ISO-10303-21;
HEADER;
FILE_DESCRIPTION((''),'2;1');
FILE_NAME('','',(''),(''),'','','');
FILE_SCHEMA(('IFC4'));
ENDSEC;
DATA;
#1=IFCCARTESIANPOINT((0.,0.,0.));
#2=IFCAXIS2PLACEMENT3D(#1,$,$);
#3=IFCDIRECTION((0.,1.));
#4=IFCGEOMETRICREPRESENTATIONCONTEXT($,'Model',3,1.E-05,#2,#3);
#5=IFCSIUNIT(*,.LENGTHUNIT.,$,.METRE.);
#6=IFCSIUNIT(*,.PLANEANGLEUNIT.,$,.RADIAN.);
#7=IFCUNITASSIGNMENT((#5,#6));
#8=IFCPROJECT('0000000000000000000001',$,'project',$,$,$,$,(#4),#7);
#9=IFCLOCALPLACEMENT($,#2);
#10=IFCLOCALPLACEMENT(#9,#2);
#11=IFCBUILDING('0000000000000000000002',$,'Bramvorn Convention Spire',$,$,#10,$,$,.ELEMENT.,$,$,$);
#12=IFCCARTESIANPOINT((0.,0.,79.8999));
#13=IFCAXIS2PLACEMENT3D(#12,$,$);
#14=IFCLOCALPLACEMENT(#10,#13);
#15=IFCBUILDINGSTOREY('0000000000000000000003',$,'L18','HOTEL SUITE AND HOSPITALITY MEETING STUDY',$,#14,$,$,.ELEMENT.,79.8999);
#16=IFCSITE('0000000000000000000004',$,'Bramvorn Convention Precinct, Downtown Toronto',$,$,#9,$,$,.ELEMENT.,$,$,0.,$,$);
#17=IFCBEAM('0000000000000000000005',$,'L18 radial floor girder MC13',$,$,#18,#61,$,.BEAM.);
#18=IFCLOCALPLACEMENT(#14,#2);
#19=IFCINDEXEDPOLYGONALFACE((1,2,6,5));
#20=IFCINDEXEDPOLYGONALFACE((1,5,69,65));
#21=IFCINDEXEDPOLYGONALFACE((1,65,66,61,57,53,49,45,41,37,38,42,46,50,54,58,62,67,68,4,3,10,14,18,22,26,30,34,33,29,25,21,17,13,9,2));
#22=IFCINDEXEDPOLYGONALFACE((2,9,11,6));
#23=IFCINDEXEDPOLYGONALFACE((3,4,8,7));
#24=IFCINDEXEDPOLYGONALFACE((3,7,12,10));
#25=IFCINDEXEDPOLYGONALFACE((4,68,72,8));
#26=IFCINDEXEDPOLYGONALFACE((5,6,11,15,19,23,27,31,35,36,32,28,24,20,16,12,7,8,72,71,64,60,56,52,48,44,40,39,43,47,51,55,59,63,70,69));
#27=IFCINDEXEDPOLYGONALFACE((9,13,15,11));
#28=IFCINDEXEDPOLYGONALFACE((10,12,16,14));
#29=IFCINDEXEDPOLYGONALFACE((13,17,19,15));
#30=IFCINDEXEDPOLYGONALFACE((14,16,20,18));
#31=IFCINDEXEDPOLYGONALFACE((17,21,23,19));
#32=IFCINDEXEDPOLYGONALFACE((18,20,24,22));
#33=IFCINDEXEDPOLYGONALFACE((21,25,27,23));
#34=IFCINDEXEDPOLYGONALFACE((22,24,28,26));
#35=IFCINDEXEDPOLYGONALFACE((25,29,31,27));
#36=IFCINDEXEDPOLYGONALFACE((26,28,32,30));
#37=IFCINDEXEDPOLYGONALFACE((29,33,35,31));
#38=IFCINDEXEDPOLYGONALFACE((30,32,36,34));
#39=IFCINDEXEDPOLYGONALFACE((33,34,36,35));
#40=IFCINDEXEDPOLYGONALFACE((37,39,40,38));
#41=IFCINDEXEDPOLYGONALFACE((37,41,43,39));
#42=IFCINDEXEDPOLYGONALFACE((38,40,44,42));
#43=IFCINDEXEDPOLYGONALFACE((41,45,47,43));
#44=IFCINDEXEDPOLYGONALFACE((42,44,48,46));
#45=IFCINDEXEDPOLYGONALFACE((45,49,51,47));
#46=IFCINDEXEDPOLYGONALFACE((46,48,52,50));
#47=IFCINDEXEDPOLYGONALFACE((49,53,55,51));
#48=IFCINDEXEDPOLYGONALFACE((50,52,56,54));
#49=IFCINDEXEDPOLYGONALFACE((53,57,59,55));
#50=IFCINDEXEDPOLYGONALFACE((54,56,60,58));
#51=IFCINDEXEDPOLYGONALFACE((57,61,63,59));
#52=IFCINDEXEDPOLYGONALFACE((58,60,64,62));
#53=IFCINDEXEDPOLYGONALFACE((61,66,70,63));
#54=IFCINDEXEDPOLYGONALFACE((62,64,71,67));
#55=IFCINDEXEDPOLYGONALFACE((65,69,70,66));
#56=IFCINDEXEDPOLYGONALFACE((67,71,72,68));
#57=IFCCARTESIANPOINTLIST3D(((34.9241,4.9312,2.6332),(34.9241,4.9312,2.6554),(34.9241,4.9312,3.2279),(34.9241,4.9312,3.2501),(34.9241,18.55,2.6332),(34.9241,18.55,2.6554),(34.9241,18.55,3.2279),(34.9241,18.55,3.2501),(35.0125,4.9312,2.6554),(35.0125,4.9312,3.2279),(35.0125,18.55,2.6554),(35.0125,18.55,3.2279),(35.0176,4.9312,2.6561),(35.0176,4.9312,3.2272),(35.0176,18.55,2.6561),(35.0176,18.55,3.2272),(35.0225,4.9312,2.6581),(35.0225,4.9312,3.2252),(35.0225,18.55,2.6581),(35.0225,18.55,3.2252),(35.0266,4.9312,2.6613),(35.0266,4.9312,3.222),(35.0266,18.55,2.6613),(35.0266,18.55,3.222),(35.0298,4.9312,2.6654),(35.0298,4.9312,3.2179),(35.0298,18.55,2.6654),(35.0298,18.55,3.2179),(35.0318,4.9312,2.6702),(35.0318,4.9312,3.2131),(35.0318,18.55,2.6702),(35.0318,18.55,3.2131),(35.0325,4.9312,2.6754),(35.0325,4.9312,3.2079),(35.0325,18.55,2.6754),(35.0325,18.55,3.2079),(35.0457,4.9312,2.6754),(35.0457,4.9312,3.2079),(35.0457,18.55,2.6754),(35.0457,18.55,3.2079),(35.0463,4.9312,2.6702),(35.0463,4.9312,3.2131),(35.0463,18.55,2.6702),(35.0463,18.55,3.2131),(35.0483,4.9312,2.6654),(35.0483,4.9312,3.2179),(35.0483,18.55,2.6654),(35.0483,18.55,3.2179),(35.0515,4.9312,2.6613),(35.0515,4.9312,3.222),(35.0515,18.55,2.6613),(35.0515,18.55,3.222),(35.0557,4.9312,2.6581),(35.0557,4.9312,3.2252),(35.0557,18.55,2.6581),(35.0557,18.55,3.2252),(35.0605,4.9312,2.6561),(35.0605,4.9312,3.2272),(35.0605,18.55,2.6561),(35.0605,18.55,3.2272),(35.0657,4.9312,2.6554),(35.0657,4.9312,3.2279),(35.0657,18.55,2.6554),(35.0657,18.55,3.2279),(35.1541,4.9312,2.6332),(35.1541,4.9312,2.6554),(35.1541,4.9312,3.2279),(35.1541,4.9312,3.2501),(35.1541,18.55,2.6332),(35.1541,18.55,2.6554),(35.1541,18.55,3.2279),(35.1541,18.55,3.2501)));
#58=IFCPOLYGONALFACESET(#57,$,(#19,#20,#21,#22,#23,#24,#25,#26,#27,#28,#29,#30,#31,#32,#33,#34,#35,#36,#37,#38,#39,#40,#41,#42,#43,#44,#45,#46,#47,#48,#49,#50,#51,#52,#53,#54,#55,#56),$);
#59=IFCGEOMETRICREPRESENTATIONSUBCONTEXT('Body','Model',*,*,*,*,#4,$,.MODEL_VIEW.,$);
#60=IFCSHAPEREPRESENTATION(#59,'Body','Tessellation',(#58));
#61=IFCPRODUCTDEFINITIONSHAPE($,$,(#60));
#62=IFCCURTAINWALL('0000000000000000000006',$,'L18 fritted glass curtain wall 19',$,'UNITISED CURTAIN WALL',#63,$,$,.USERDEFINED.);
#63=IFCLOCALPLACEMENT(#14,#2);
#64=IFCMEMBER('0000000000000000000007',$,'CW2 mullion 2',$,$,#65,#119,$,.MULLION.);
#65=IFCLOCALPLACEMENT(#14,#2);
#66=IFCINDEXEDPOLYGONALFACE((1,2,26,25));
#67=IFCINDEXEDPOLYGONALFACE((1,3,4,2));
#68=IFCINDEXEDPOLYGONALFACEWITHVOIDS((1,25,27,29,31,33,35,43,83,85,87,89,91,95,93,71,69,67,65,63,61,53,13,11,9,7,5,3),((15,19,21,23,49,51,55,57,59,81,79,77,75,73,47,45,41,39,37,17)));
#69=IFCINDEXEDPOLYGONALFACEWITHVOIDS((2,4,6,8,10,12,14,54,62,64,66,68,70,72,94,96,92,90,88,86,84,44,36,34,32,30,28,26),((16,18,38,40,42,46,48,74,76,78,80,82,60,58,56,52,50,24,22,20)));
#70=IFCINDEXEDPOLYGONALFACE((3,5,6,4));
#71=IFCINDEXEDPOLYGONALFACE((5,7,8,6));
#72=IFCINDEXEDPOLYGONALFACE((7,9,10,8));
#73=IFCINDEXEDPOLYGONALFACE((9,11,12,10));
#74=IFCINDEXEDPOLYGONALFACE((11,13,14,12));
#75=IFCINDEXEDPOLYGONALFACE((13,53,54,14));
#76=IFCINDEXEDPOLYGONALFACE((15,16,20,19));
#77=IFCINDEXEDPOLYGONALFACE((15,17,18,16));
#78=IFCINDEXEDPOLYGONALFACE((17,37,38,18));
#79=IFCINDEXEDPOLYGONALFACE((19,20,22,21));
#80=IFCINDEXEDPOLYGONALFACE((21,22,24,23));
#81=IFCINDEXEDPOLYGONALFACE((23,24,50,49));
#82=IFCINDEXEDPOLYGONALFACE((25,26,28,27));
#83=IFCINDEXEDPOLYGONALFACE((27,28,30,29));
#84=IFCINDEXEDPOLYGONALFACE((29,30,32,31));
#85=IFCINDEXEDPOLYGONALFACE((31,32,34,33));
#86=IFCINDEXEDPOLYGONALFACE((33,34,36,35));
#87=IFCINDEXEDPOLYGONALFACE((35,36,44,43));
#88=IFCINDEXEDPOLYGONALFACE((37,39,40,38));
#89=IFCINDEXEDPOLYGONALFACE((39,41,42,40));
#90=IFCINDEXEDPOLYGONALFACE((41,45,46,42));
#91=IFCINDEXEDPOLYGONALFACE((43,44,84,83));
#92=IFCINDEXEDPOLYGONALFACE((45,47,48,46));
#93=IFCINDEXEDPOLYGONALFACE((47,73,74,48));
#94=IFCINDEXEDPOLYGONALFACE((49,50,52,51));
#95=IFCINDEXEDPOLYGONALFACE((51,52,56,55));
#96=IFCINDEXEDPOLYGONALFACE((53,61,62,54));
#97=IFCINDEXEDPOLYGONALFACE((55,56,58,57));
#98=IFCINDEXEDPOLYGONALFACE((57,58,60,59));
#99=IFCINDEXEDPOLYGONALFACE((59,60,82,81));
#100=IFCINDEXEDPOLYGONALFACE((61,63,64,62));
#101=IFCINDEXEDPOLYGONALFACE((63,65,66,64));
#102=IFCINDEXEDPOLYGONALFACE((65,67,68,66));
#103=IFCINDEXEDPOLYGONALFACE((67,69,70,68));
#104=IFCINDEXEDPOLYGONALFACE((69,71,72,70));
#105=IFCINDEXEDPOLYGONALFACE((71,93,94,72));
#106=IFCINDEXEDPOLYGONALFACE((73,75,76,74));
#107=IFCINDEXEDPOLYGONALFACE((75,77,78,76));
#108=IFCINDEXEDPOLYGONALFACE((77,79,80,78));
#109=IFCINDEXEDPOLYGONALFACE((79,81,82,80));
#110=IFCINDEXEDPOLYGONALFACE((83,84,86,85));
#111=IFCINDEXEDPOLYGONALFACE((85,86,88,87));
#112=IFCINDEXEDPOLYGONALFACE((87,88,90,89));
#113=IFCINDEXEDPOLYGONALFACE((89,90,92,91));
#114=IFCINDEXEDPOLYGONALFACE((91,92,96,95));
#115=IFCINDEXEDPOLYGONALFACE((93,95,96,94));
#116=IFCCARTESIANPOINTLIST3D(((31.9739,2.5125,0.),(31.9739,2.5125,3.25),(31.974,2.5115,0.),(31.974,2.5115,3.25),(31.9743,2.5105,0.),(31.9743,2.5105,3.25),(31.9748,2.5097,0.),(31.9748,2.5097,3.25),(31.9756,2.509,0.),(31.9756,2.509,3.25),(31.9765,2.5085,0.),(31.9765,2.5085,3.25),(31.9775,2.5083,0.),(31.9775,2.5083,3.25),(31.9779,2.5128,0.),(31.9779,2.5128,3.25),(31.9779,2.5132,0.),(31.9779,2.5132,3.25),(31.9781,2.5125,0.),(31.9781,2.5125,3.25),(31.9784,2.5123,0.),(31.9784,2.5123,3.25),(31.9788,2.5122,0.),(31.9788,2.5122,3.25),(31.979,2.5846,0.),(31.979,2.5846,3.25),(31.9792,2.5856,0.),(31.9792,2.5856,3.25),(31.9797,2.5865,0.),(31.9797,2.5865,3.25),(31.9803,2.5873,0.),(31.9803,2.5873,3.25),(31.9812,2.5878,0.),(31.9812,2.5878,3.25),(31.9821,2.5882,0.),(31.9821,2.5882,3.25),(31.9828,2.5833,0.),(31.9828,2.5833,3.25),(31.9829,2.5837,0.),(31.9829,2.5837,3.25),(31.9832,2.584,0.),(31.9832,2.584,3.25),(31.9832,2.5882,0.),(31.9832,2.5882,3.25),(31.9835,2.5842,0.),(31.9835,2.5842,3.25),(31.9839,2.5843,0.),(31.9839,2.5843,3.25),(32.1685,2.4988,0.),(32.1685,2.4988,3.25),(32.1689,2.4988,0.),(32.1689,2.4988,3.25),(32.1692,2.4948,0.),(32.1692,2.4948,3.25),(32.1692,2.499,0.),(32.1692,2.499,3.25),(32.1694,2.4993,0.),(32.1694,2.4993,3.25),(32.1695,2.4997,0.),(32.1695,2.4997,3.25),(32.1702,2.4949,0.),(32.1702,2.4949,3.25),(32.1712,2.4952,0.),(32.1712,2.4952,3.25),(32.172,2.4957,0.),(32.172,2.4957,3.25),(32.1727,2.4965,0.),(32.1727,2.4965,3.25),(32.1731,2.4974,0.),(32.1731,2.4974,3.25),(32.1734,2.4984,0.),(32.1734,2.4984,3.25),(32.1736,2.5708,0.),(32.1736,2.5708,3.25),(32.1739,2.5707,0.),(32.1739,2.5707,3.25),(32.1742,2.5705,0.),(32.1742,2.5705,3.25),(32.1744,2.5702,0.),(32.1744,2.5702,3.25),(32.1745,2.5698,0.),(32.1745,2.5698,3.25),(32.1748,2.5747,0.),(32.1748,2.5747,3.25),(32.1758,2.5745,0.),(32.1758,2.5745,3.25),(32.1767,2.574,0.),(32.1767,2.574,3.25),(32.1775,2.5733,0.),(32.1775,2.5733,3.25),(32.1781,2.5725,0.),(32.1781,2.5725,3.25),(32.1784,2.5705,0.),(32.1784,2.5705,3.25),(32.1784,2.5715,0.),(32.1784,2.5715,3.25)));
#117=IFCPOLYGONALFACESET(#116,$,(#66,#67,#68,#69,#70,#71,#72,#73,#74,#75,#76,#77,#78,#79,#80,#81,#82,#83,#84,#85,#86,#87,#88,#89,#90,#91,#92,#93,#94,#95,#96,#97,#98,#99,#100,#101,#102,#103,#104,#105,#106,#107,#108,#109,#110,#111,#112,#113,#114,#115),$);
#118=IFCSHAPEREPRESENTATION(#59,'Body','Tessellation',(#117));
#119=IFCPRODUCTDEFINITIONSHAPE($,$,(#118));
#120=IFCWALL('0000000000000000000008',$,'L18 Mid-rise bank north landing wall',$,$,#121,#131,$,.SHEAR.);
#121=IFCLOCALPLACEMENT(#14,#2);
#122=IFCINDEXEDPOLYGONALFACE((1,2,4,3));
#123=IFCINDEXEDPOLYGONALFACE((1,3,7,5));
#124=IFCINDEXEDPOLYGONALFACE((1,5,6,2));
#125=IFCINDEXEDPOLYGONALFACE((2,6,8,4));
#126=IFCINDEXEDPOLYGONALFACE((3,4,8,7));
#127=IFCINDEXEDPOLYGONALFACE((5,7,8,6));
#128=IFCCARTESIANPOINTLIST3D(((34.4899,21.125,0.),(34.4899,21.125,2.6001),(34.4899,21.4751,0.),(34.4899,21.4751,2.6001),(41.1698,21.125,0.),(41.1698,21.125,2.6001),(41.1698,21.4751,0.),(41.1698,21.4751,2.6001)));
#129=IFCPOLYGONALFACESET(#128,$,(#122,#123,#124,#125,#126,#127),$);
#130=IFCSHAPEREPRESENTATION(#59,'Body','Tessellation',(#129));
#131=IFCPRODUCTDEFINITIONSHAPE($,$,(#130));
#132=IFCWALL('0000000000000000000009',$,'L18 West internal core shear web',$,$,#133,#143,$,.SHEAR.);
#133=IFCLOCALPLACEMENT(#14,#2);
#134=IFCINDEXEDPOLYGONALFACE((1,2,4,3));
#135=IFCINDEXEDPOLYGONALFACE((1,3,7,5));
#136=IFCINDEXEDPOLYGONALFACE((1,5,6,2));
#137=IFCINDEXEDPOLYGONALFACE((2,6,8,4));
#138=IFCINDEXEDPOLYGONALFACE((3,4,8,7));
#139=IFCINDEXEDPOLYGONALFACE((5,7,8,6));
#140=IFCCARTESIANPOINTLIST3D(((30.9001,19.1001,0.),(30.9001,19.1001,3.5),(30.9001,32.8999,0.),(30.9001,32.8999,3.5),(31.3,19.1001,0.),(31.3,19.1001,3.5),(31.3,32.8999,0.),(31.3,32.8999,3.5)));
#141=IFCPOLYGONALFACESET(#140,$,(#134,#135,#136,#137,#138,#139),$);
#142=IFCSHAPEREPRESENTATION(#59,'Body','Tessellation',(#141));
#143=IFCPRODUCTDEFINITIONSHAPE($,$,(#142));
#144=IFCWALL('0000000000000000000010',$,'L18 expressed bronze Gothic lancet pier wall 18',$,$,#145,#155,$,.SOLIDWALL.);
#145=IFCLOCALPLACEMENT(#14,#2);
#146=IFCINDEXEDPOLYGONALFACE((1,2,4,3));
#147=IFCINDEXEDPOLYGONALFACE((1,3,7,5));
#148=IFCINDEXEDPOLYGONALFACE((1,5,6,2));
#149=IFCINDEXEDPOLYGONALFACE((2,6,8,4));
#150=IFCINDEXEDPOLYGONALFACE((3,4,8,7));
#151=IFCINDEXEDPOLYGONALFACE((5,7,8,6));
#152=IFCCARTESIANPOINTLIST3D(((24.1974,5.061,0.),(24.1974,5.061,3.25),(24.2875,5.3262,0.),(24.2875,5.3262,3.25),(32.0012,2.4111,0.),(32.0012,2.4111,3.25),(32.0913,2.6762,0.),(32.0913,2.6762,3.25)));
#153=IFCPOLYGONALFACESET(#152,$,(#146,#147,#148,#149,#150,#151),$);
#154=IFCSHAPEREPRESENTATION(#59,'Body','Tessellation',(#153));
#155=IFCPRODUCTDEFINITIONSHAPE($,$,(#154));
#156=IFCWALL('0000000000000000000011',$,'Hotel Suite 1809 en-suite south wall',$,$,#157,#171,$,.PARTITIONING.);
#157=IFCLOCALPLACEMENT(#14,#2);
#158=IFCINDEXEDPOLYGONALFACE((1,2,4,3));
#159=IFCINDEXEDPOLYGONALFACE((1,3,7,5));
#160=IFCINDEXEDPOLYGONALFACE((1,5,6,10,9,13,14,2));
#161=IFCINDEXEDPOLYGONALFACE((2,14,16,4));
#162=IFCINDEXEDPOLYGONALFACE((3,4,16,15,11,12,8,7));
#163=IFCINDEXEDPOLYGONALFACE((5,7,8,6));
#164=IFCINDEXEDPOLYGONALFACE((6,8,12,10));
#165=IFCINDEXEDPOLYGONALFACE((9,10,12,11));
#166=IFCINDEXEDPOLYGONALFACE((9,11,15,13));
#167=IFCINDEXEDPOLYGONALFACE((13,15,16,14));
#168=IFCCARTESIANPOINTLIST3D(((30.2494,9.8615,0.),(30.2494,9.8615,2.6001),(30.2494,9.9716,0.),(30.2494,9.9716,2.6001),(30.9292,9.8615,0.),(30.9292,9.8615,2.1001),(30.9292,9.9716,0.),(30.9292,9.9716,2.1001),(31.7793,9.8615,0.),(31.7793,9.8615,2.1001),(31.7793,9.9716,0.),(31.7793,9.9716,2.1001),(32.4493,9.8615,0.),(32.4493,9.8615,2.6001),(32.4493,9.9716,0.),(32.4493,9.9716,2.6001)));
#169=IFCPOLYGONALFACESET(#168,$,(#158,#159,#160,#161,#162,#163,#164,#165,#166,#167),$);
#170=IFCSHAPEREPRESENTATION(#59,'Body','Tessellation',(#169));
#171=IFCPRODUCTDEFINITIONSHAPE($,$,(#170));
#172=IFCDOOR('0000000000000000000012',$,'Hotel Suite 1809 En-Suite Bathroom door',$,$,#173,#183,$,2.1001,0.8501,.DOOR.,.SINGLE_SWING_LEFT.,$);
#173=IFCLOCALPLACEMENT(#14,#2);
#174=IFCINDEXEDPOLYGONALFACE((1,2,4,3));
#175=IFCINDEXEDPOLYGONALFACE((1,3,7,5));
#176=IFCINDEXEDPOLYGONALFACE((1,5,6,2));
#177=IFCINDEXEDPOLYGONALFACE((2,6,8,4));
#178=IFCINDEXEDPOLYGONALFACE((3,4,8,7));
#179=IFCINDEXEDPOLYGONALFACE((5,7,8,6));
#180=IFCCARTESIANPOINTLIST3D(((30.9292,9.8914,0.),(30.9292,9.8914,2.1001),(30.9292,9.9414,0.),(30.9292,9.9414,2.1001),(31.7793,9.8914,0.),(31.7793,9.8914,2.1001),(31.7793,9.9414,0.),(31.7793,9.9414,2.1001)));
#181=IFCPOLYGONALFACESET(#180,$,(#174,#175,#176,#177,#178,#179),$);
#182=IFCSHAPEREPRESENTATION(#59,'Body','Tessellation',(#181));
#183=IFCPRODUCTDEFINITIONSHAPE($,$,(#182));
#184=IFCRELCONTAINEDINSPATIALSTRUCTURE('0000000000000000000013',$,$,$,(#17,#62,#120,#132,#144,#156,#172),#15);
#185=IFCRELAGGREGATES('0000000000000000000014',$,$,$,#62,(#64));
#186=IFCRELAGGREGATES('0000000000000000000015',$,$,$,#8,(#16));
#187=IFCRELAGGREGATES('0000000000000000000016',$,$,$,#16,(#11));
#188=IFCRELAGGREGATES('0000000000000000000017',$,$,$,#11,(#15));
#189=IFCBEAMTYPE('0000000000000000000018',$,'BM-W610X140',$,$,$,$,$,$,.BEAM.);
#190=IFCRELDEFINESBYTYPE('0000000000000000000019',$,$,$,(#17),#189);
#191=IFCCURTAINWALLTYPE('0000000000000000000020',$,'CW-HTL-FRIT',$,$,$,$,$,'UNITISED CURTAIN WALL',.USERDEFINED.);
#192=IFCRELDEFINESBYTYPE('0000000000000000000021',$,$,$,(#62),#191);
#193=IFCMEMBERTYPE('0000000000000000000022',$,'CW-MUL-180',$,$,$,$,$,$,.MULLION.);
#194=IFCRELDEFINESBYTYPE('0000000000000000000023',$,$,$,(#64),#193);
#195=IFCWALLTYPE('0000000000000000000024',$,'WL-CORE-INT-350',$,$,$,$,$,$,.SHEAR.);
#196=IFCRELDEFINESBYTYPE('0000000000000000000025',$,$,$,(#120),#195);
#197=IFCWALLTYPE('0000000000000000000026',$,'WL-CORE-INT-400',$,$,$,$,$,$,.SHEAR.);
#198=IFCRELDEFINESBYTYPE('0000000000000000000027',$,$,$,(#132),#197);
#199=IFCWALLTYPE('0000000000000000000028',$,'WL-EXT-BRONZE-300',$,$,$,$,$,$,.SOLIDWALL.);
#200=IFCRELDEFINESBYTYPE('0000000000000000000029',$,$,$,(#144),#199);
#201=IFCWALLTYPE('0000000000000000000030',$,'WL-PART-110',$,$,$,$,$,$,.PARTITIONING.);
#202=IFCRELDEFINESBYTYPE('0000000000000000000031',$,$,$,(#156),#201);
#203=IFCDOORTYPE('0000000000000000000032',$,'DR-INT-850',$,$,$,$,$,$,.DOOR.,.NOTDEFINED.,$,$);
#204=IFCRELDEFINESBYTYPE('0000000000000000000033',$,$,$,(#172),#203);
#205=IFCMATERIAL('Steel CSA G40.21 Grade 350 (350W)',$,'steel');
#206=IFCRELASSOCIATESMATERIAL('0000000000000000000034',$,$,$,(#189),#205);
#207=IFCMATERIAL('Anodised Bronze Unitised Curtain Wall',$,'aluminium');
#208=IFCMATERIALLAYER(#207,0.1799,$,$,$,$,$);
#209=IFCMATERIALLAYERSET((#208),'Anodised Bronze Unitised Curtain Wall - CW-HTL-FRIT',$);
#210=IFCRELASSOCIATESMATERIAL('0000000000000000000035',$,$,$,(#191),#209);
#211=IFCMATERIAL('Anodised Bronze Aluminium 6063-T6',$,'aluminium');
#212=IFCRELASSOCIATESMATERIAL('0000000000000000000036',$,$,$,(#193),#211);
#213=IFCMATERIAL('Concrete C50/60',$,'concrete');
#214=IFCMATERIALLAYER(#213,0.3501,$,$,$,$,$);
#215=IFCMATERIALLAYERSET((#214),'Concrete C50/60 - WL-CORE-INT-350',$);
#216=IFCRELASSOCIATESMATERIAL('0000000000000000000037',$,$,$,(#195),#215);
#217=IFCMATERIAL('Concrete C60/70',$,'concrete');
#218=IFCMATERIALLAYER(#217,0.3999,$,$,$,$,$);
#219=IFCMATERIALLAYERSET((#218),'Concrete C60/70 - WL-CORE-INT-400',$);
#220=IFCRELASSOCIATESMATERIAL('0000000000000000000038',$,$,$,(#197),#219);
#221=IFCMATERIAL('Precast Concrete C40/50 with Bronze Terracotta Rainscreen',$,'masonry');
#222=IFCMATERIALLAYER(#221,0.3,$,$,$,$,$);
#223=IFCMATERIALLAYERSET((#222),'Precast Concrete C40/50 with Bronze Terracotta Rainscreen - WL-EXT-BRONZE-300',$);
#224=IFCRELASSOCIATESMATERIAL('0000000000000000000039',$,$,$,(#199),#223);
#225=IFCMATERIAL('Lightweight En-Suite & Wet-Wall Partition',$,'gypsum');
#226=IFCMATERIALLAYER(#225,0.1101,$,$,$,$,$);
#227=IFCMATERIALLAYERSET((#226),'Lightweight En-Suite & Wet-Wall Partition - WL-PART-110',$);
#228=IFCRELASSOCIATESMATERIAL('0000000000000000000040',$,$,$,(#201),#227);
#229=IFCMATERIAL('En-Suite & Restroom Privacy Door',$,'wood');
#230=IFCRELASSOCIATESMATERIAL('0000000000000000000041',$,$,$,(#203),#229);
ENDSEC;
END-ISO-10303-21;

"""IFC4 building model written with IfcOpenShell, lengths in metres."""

from ifc_helpers import new_model, si_unit, direction, frame, frame_2d, origin, origin_2d, place, context, subcontext, project, spatial, rectangle, hollow_rectangle, i_section, extrude, material, layer, layer_set, material_profile, profile_set, type_object, element, fill, aggregate, save


model = new_model("IFC4")

# Units and contexts
model_context = context("Model", 3, precision=1e-05, world=origin(), true_north=direction((0.0, 1.0)))
body_context = subcontext(model_context, "Body", "Model", "MODEL_VIEW")
ifc_project = project(units=[si_unit("LENGTHUNIT", "METRE"), si_unit("PLANEANGLEUNIT", "RADIAN")], contexts=[model_context])

# Site, building, storey
site_placement = place(None, origin())
site = spatial("IfcSite", under=ifc_project, at=site_placement, Name="Bramvorn Convention Precinct, Downtown Toronto", CompositionType="ELEMENT", RefElevation=0.0)
building_placement = place(site_placement, origin())
building = spatial("IfcBuilding", under=site, at=building_placement, Name="Bramvorn Convention Spire", CompositionType="ELEMENT")
storey_placement = place(building_placement, frame((0.0, 0.0, 79.8999)))
storey = spatial("IfcBuildingStorey", under=building, at=storey_placement, Name="L18", Description="HOTEL SUITE AND HOSPITALITY MEETING STUDY", CompositionType="ELEMENT", Elevation=79.8999)

# Shared definitions
ifc_material_1 = material(Name="Steel CSA G40.21 Grade 350 (350W)", Category="steel")

# Beam
ifc_material_profile_1 = material_profile(ifc_material_1, i_section(OverallWidth=0.23, OverallDepth=0.6169, WebThickness=0.0132, FlangeThickness=0.0222, FilletRadius=0.02, at=origin_2d()))
ifc_profile_set_1 = profile_set([ifc_material_profile_1], Name="Steel CSA G40.21 Grade 350 (350W) - W610X140")
beam_type_1 = type_object("IfcBeamType", Name="BM-W610X140", PredefinedType="BEAM", material=ifc_profile_set_1)
beam_1_placement = place(storey_placement, frame((35.0391, 18.55, 2.9417), z_axis=(0.0, -1.0, 0.0), x_axis=(1.0, 0.0, 0.0)))
element("IfcBeam", 1, at=beam_1_placement, inside=storey, type_object=beam_type_1, Name="L18 radial floor girder MC13", PredefinedType="BEAM", context=body_context, shape_type="SweptSolid", body=[
    extrude(i_section(OverallWidth=0.23, OverallDepth=0.6169, WebThickness=0.0132, FlangeThickness=0.0222, FilletRadius=0.02, at=origin_2d()), origin(), (0.0, 0.0, 1.0), 13.6189),
])

# Curtain wall, member
ifc_material_2 = material(Name="Anodised Bronze Unitised Curtain Wall", Category="aluminium")
ifc_layer_1 = layer(ifc_material_2, 0.1799)
ifc_layer_set_1 = layer_set([ifc_layer_1], Name="Anodised Bronze Unitised Curtain Wall - CW-HTL-FRIT")
curtain_wall_type = type_object("IfcCurtainWallType", Name="CW-HTL-FRIT", ElementType="UNITISED CURTAIN WALL", PredefinedType="USERDEFINED", material=ifc_layer_set_1)
curtain_wall_placement = place(storey_placement, origin())
curtain_wall = element("IfcCurtainWall", 2, at=curtain_wall_placement, inside=storey, type_object=curtain_wall_type, Name="L18 fritted glass curtain wall 19", ObjectType="UNITISED CURTAIN WALL", PredefinedType="USERDEFINED")
ifc_material_3 = material(Name="Anodised Bronze Aluminium 6063-T6", Category="aluminium")
ifc_material_profile_2 = material_profile(ifc_material_3, hollow_rectangle(XDim=0.0801, YDim=0.2, WallThickness=0.0039, InnerFilletRadius=0.001, OuterFilletRadius=0.0039, at=origin_2d()))
ifc_profile_set_2 = profile_set([ifc_material_profile_2], Name="Anodised Bronze Aluminium 6063-T6 - CWM80X200")
member_type = type_object("IfcMemberType", Name="CW-MUL-180", PredefinedType="MULLION", material=ifc_profile_set_2)
member_placement = place(storey_placement, frame((32.0762, 2.5415, 0.0), z_axis=(0.0, 0.0, 1.0), x_axis=(-0.070498, -0.997512, 0.0)))
member = element("IfcMember", 3, at=member_placement, type_object=member_type, Name="CW2 mullion 2", PredefinedType="MULLION", context=body_context, shape_type="SweptSolid", body=[
    extrude(hollow_rectangle(XDim=0.0801, YDim=0.2, WallThickness=0.0039, InnerFilletRadius=0.001, OuterFilletRadius=0.0039, at=origin_2d()), origin(), (0.0, 0.0, 1.0), 3.25),
])
aggregate(curtain_wall, [member])

# Shared definitions
ifc_material_4 = material(Name="Concrete C60/70", Category="concrete")

# Walls
ifc_material_5 = material(Name="Concrete C50/60", Category="concrete")
ifc_layer_2 = layer(ifc_material_5, 0.3501)
ifc_layer_set_2 = layer_set([ifc_layer_2], Name="Concrete C50/60 - WL-CORE-INT-350")
wall_type_1 = type_object("IfcWallType", Name="WL-CORE-INT-350", PredefinedType="SHEAR", material=ifc_layer_set_2)
wall_1_placement = place(storey_placement, frame((34.49, 21.3, 0.0), z_axis=(0.0, 0.0, 1.0), x_axis=(1.0, 0.0, 0.0)))
element("IfcWall", 4, at=wall_1_placement, inside=storey, type_object=wall_type_1, Name="L18 Mid-rise bank north landing wall", PredefinedType="SHEAR", context=body_context, shape_type="SweptSolid", body=[
    extrude(rectangle(XDim=6.6799, YDim=0.3501, at=frame_2d((3.3398, 0.0))), origin(), (0.0, 0.0, 1.0), 2.6001),
])
ifc_layer_3 = layer(ifc_material_4, 0.3999)
ifc_layer_set_3 = layer_set([ifc_layer_3], Name="Concrete C60/70 - WL-CORE-INT-400")
wall_type_2 = type_object("IfcWallType", Name="WL-CORE-INT-400", PredefinedType="SHEAR", material=ifc_layer_set_3)
wall_2_placement = place(storey_placement, frame((31.1001, 19.1001, 0.0), z_axis=(0.0, 0.0, 1.0), x_axis=(0.0, 1.0, 0.0)))
element("IfcWall", 5, at=wall_2_placement, inside=storey, type_object=wall_type_2, Name="L18 West internal core shear web", PredefinedType="SHEAR", context=body_context, shape_type="SweptSolid", body=[
    extrude(rectangle(XDim=13.7998, YDim=0.3999, at=frame_2d((6.8999, 0.0))), origin(), (0.0, 0.0, 1.0), 3.5),
])
ifc_material_6 = material(Name="Precast Concrete C40/50 with Bronze Terracotta Rainscreen", Category="masonry")
ifc_layer_4 = layer(ifc_material_6, 0.3)
ifc_layer_set_4 = layer_set([ifc_layer_4], Name="Precast Concrete C40/50 with Bronze Terracotta Rainscreen - WL-EXT-BRONZE-300")
wall_type_3 = type_object("IfcWallType", Name="WL-EXT-BRONZE-300", PredefinedType="SOLIDWALL", material=ifc_layer_set_4)
wall_3_placement = place(storey_placement, frame((32.0461, 2.5437, 0.0), z_axis=(0.0, 0.0, 1.0), x_axis=(-0.946897, 0.321537, 0.0)))
element("IfcWall", 6, at=wall_3_placement, inside=storey, type_object=wall_type_3, Name="L18 expressed bronze Gothic lancet pier wall 18", PredefinedType="SOLIDWALL", context=body_context, shape_type="SweptSolid", body=[
    extrude(rectangle(XDim=8.2415, YDim=0.28, at=frame_2d((4.1206, 0.0))), origin(), (0.0, 0.0, 1.0), 3.25),
])

# Wall, opening, door
ifc_material_7 = material(Name="Lightweight En-Suite & Wet-Wall Partition", Category="gypsum")
ifc_layer_5 = layer(ifc_material_7, 0.1101)
ifc_layer_set_5 = layer_set([ifc_layer_5], Name="Lightweight En-Suite & Wet-Wall Partition - WL-PART-110")
wall_type_4 = type_object("IfcWallType", Name="WL-PART-110", PredefinedType="PARTITIONING", material=ifc_layer_set_5)
wall_4_placement = place(storey_placement, frame((30.2493, 9.9165, 0.0), z_axis=(0.0, 0.0, 1.0), x_axis=(1.0, 0.0, 0.0)))
wall_4 = element("IfcWall", 7, at=wall_4_placement, inside=storey, type_object=wall_type_4, Name="Hotel Suite 1809 en-suite south wall", PredefinedType="PARTITIONING", context=body_context, shape_type="SweptSolid", body=[
    extrude(rectangle(XDim=2.2, YDim=0.1101, at=frame_2d((1.1001, 0.0))), origin(), (0.0, 0.0, 1.0), 2.6001),
])
opening_1_placement = place(wall_4_placement, frame((0.6799, 0.0, 0.0)))
opening_1 = element("IfcOpeningElement", 8, at=opening_1_placement, cuts=wall_4, PredefinedType="OPENING", context=body_context, shape_type="SweptSolid", body=[
    extrude(rectangle(XDim=0.8501, YDim=2.1001, at=frame_2d((0.425, 1.05))), frame((0.0, 0.0649, 0.0), z_axis=(0.0, -1.0, 0.0), x_axis=(1.0, 0.0, 0.0)), (0.0, 0.0, 1.0), 0.1301),
])
ifc_material_8 = material(Name="En-Suite & Restroom Privacy Door", Category="wood")
door_type_1 = type_object("IfcDoorType", Name="DR-INT-850", OperationType="NOTDEFINED", PredefinedType="DOOR", material=ifc_material_8)
door_1_placement = place(opening_1_placement, origin())
door_1 = element("IfcDoor", 9, at=door_1_placement, inside=storey, type_object=door_type_1, Name="Hotel Suite 1809 En-Suite Bathroom door", OperationType="SINGLE_SWING_LEFT", OverallHeight=2.1001, OverallWidth=0.8501, PredefinedType="DOOR", context=body_context, shape_type="SweptSolid", body=[
    extrude(rectangle(XDim=0.8501, YDim=2.1001, at=frame_2d((0.425, 1.05))), frame((0.0, 0.0249, 0.0), z_axis=(0.0, -1.0, 0.0), x_axis=(1.0, 0.0, 0.0)), (0.0, 0.0, 1.0), 0.05),
])
fill(opening_1, door_1)

save(model, "model.ifc")
